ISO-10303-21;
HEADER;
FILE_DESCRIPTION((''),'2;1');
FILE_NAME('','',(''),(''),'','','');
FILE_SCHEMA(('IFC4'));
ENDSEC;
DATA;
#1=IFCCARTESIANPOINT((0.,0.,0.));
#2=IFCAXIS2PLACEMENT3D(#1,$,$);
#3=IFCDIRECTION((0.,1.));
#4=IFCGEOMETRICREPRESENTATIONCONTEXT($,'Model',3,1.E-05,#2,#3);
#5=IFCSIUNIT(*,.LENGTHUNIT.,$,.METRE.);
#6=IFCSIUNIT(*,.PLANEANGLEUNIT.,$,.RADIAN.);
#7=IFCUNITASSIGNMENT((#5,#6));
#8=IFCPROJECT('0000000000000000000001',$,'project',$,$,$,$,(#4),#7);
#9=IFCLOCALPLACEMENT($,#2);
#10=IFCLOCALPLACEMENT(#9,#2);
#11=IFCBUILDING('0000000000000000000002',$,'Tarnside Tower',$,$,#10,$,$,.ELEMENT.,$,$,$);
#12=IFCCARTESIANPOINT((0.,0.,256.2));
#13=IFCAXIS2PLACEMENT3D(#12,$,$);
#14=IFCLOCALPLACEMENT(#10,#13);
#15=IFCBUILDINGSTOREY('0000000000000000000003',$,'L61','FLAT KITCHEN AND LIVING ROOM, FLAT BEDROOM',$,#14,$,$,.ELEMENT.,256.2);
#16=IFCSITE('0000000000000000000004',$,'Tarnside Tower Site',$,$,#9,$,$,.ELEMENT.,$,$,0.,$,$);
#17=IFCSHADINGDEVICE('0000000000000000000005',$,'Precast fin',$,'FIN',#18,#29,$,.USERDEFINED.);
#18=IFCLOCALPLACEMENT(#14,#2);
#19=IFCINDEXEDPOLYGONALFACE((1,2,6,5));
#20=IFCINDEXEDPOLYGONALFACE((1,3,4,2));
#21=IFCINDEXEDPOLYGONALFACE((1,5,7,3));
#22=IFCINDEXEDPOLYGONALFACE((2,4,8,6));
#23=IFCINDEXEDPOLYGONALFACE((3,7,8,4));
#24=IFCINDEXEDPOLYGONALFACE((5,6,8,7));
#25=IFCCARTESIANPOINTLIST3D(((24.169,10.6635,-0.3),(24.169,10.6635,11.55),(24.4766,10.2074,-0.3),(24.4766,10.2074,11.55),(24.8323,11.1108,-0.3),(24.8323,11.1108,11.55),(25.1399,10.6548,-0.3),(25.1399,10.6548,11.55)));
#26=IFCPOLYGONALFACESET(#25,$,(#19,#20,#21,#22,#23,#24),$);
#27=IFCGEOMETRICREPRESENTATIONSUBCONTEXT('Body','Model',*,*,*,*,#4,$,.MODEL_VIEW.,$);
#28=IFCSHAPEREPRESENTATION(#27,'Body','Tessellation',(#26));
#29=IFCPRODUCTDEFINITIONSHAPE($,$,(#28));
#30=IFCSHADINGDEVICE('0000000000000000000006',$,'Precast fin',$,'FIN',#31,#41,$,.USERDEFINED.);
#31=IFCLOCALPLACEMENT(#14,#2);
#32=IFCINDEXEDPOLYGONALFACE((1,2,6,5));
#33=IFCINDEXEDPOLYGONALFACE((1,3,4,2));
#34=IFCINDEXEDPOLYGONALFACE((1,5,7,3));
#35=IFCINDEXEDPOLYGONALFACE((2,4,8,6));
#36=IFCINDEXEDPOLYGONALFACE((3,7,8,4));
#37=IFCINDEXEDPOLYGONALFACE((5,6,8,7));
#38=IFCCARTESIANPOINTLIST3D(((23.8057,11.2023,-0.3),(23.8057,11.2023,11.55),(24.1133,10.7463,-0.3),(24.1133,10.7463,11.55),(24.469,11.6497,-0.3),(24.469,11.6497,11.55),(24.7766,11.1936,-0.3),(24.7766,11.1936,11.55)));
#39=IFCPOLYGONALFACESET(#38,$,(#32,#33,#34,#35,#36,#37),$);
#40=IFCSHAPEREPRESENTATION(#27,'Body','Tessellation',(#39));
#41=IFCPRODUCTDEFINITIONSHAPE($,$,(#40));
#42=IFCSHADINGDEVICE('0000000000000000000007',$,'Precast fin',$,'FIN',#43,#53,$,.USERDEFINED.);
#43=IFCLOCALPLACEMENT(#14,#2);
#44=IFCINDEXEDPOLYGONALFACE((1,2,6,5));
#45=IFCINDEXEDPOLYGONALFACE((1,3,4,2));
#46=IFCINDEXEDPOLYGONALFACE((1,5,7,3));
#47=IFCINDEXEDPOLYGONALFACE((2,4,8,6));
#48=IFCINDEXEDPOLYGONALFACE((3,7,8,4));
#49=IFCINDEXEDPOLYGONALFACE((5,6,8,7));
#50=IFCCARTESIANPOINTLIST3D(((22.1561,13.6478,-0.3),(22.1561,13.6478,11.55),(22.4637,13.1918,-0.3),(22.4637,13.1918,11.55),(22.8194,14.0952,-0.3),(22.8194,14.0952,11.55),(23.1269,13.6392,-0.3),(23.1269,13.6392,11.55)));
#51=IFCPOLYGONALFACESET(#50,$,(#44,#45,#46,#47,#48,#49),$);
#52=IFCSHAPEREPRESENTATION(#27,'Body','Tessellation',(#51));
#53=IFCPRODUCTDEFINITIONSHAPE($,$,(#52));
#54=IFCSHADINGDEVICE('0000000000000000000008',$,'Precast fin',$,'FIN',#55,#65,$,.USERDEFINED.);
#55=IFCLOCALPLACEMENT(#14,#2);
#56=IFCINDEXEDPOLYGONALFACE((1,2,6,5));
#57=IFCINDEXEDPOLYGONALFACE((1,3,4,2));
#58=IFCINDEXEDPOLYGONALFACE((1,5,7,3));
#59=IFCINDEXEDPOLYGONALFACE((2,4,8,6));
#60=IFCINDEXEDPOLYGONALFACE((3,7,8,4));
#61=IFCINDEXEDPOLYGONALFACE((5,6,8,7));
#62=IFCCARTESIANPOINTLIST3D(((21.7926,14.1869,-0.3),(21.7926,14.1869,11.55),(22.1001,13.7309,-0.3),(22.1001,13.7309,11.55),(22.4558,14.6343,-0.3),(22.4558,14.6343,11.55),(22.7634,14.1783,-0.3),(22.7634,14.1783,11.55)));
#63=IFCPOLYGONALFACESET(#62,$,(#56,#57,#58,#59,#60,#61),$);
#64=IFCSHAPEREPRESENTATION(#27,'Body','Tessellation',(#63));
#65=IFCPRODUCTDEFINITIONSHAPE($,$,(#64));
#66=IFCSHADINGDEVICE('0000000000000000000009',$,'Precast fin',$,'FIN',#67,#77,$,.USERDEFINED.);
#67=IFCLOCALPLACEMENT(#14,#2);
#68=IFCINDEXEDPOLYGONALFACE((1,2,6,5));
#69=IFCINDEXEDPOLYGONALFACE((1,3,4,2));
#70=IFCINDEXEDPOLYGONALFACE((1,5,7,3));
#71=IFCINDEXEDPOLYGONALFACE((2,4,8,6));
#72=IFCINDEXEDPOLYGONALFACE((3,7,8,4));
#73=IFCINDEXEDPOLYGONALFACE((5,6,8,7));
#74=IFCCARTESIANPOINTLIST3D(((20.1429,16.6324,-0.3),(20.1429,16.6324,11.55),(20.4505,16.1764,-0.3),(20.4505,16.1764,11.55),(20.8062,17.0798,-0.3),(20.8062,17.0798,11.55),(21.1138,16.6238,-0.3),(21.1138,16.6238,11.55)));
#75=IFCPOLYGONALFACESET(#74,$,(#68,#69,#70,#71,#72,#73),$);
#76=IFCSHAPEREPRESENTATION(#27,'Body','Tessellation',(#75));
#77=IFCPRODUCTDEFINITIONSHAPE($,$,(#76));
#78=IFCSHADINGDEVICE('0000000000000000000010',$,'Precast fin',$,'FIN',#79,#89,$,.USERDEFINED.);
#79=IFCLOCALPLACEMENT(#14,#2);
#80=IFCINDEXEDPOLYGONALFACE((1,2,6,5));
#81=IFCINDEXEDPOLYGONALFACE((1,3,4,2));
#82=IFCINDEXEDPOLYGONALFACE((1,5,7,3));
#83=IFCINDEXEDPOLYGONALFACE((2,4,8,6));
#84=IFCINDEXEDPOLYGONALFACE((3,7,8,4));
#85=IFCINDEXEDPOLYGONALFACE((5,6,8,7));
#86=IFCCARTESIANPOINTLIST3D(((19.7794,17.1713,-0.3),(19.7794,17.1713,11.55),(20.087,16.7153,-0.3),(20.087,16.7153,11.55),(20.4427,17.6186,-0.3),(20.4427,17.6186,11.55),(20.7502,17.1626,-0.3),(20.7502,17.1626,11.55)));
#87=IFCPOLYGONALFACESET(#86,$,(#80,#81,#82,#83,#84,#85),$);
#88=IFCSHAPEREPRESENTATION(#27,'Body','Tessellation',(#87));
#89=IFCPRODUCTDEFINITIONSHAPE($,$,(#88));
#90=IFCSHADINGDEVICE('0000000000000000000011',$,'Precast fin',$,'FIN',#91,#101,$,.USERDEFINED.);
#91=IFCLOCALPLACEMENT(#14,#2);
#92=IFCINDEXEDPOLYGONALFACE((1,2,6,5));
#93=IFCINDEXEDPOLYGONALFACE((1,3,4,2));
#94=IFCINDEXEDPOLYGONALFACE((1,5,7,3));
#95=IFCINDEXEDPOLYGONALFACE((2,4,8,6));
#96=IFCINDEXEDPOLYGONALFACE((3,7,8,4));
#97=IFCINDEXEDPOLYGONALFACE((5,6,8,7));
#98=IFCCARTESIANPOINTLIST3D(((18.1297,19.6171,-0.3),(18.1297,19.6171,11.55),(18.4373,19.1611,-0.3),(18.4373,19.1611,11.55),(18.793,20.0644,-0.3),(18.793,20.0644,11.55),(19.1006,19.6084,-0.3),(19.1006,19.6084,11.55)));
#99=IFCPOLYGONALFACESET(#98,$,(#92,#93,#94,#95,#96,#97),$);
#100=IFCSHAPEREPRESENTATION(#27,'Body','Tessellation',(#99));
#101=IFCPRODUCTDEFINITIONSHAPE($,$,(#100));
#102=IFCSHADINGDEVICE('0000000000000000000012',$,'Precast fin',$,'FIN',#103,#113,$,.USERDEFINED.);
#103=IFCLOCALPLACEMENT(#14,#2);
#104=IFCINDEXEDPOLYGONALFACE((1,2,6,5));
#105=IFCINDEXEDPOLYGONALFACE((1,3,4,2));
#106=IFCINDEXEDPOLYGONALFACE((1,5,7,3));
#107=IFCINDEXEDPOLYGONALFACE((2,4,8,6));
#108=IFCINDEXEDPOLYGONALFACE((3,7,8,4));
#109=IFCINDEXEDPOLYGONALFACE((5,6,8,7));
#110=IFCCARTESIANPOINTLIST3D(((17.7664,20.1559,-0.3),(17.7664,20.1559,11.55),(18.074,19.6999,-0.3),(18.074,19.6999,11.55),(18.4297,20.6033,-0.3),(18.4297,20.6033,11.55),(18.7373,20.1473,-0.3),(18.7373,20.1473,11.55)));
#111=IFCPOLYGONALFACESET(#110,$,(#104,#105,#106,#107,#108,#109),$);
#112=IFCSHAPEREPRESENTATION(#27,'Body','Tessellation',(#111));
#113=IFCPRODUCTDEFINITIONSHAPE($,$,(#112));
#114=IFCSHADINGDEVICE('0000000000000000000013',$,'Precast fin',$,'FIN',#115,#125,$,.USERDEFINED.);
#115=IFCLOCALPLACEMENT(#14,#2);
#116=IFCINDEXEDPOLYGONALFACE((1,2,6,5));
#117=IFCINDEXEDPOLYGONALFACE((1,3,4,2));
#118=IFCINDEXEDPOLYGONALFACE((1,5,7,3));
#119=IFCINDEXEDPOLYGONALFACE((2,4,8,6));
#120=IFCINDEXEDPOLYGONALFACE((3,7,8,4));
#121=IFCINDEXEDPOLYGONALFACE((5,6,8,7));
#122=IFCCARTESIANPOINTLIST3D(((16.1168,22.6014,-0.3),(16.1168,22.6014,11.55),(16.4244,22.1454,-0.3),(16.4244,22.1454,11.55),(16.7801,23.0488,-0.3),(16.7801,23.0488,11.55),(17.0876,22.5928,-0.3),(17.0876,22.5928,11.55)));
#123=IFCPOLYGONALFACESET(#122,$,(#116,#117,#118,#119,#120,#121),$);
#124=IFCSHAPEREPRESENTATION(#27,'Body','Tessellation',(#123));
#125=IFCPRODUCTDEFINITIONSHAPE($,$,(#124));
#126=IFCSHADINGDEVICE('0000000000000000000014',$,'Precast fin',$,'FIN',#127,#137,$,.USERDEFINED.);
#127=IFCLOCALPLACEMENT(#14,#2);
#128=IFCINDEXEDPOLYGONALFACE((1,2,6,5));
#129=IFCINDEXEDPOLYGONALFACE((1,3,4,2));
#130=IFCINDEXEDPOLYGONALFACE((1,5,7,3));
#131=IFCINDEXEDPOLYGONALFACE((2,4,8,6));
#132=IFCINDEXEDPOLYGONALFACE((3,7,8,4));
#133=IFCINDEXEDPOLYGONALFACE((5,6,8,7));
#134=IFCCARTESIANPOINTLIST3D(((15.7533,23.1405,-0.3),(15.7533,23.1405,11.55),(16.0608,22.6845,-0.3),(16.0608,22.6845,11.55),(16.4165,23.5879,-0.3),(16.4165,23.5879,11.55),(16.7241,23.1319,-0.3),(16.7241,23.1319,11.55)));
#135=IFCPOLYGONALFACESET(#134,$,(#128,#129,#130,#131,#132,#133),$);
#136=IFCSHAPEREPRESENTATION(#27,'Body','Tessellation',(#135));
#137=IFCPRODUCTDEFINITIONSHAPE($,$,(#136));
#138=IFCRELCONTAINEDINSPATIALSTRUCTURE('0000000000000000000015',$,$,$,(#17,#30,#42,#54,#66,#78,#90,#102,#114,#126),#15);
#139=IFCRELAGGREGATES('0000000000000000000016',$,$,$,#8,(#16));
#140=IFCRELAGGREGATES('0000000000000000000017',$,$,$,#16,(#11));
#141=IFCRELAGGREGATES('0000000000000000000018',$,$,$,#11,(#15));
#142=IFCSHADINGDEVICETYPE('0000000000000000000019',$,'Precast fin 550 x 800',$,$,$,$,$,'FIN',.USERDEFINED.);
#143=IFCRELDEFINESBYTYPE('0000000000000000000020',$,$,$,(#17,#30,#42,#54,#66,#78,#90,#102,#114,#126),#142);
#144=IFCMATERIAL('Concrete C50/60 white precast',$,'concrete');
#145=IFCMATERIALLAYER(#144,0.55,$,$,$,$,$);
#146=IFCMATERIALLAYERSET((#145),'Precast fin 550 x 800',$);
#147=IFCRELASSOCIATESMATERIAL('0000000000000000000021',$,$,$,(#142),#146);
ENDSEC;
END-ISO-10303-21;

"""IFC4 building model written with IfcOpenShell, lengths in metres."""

from ifc_helpers import new_model, si_unit, direction, frame, origin, place, context, subcontext, project, spatial, polyline, outline, extrude, material, layer, layer_set, type_object, element, save


model = new_model("IFC4")

# Units and contexts
model_context = context("Model", 3, precision=1e-05, world=origin(), true_north=direction((0.0, 1.0)))
body_context = subcontext(model_context, "Body", "Model", "MODEL_VIEW")
ifc_project = project(units=[si_unit("LENGTHUNIT", "METRE"), si_unit("PLANEANGLEUNIT", "RADIAN")], contexts=[model_context])

# Site, building, storey
site_placement = place(None, origin())
site = spatial("IfcSite", under=ifc_project, at=site_placement, Name="Tarnside Tower Site", CompositionType="ELEMENT", RefElevation=0.0)
building_placement = place(site_placement, origin())
building = spatial("IfcBuilding", under=site, at=building_placement, Name="Tarnside Tower", CompositionType="ELEMENT")
storey_placement = place(building_placement, frame((0.0, 0.0, 256.2)))
storey = spatial("IfcBuildingStorey", under=building, at=storey_placement, Name="L61", Description="FLAT KITCHEN AND LIVING ROOM, FLAT BEDROOM", CompositionType="ELEMENT", Elevation=256.2)

# Shading devices
ifc_material_1 = material(Name="Concrete C50/60 white precast", Category="concrete")
ifc_layer_1 = layer(ifc_material_1, 0.55)
ifc_layer_set_1 = layer_set([ifc_layer_1], Name="Precast fin 550 x 800")
shading_device_type_1 = type_object("IfcShadingDeviceType", Name="Precast fin 550 x 800", ElementType="FIN", PredefinedType="USERDEFINED", material=ifc_layer_set_1)
for number, where, z_axis, x_axis, name in (
    (1, (24.3228, 10.4355, -0.3), (0.559193, -0.829038, 0.0), (0.829038, 0.559193, 0.0), "Precast fin"),
    (2, (23.9595, 10.9744, -0.3), (0.559193, -0.829038, 0.0), (0.829038, 0.559193, 0.0), "Precast fin"),
    (3, (22.3098, 13.4199, -0.3), (0.559193, -0.829038, 0.0), (0.829038, 0.559193, 0.0), "Precast fin"),
    (4, (21.9463, 13.959, -0.3), (0.559193, -0.829038, 0.0), (0.829038, 0.559193, 0.0), "Precast fin"),
    (5, (20.2966, 16.4045, -0.3), (0.559193, -0.829038, 0.0), (0.829038, 0.559193, 0.0), "Precast fin"),
    (6, (19.9331, 16.9434, -0.3), (0.559193, -0.829038, 0.0), (0.829038, 0.559193, 0.0), "Precast fin"),
    (7, (18.2834, 19.3892, -0.3), (0.559193, -0.829038, 0.0), (0.829038, 0.559193, 0.0), "Precast fin"),
    (8, (17.9202, 19.928, -0.3), (0.559193, -0.829038, 0.0), (0.829038, 0.559193, 0.0), "Precast fin"),
    (9, (16.2705, 22.3735, -0.3), (0.559193, -0.829038, 0.0), (0.829038, 0.559193, 0.0), "Precast fin"),
    (10, (15.907, 22.9126, -0.3), (0.559193, -0.829038, 0.0), (0.829038, 0.559193, 0.0), "Precast fin"),
):
    element("IfcShadingDevice", number, at=place(storey_placement, frame(where, z_axis=z_axis, x_axis=x_axis)), inside=storey, type_object=shading_device_type_1, Name=name, ObjectType="FIN", PredefinedType="USERDEFINED", context=body_context, shape_type="SweptSolid", body=[
        extrude(outline(polyline([(0.0, 0.0), (0.8, 0.0), (0.8, 11.8501), (0.0, 11.8501), (0.0, 0.0)])), frame((0.0, 0.0, -0.2749)), (0.0, 0.0, 1.0), 0.55),
    ])

save(model, "model.ifc")
